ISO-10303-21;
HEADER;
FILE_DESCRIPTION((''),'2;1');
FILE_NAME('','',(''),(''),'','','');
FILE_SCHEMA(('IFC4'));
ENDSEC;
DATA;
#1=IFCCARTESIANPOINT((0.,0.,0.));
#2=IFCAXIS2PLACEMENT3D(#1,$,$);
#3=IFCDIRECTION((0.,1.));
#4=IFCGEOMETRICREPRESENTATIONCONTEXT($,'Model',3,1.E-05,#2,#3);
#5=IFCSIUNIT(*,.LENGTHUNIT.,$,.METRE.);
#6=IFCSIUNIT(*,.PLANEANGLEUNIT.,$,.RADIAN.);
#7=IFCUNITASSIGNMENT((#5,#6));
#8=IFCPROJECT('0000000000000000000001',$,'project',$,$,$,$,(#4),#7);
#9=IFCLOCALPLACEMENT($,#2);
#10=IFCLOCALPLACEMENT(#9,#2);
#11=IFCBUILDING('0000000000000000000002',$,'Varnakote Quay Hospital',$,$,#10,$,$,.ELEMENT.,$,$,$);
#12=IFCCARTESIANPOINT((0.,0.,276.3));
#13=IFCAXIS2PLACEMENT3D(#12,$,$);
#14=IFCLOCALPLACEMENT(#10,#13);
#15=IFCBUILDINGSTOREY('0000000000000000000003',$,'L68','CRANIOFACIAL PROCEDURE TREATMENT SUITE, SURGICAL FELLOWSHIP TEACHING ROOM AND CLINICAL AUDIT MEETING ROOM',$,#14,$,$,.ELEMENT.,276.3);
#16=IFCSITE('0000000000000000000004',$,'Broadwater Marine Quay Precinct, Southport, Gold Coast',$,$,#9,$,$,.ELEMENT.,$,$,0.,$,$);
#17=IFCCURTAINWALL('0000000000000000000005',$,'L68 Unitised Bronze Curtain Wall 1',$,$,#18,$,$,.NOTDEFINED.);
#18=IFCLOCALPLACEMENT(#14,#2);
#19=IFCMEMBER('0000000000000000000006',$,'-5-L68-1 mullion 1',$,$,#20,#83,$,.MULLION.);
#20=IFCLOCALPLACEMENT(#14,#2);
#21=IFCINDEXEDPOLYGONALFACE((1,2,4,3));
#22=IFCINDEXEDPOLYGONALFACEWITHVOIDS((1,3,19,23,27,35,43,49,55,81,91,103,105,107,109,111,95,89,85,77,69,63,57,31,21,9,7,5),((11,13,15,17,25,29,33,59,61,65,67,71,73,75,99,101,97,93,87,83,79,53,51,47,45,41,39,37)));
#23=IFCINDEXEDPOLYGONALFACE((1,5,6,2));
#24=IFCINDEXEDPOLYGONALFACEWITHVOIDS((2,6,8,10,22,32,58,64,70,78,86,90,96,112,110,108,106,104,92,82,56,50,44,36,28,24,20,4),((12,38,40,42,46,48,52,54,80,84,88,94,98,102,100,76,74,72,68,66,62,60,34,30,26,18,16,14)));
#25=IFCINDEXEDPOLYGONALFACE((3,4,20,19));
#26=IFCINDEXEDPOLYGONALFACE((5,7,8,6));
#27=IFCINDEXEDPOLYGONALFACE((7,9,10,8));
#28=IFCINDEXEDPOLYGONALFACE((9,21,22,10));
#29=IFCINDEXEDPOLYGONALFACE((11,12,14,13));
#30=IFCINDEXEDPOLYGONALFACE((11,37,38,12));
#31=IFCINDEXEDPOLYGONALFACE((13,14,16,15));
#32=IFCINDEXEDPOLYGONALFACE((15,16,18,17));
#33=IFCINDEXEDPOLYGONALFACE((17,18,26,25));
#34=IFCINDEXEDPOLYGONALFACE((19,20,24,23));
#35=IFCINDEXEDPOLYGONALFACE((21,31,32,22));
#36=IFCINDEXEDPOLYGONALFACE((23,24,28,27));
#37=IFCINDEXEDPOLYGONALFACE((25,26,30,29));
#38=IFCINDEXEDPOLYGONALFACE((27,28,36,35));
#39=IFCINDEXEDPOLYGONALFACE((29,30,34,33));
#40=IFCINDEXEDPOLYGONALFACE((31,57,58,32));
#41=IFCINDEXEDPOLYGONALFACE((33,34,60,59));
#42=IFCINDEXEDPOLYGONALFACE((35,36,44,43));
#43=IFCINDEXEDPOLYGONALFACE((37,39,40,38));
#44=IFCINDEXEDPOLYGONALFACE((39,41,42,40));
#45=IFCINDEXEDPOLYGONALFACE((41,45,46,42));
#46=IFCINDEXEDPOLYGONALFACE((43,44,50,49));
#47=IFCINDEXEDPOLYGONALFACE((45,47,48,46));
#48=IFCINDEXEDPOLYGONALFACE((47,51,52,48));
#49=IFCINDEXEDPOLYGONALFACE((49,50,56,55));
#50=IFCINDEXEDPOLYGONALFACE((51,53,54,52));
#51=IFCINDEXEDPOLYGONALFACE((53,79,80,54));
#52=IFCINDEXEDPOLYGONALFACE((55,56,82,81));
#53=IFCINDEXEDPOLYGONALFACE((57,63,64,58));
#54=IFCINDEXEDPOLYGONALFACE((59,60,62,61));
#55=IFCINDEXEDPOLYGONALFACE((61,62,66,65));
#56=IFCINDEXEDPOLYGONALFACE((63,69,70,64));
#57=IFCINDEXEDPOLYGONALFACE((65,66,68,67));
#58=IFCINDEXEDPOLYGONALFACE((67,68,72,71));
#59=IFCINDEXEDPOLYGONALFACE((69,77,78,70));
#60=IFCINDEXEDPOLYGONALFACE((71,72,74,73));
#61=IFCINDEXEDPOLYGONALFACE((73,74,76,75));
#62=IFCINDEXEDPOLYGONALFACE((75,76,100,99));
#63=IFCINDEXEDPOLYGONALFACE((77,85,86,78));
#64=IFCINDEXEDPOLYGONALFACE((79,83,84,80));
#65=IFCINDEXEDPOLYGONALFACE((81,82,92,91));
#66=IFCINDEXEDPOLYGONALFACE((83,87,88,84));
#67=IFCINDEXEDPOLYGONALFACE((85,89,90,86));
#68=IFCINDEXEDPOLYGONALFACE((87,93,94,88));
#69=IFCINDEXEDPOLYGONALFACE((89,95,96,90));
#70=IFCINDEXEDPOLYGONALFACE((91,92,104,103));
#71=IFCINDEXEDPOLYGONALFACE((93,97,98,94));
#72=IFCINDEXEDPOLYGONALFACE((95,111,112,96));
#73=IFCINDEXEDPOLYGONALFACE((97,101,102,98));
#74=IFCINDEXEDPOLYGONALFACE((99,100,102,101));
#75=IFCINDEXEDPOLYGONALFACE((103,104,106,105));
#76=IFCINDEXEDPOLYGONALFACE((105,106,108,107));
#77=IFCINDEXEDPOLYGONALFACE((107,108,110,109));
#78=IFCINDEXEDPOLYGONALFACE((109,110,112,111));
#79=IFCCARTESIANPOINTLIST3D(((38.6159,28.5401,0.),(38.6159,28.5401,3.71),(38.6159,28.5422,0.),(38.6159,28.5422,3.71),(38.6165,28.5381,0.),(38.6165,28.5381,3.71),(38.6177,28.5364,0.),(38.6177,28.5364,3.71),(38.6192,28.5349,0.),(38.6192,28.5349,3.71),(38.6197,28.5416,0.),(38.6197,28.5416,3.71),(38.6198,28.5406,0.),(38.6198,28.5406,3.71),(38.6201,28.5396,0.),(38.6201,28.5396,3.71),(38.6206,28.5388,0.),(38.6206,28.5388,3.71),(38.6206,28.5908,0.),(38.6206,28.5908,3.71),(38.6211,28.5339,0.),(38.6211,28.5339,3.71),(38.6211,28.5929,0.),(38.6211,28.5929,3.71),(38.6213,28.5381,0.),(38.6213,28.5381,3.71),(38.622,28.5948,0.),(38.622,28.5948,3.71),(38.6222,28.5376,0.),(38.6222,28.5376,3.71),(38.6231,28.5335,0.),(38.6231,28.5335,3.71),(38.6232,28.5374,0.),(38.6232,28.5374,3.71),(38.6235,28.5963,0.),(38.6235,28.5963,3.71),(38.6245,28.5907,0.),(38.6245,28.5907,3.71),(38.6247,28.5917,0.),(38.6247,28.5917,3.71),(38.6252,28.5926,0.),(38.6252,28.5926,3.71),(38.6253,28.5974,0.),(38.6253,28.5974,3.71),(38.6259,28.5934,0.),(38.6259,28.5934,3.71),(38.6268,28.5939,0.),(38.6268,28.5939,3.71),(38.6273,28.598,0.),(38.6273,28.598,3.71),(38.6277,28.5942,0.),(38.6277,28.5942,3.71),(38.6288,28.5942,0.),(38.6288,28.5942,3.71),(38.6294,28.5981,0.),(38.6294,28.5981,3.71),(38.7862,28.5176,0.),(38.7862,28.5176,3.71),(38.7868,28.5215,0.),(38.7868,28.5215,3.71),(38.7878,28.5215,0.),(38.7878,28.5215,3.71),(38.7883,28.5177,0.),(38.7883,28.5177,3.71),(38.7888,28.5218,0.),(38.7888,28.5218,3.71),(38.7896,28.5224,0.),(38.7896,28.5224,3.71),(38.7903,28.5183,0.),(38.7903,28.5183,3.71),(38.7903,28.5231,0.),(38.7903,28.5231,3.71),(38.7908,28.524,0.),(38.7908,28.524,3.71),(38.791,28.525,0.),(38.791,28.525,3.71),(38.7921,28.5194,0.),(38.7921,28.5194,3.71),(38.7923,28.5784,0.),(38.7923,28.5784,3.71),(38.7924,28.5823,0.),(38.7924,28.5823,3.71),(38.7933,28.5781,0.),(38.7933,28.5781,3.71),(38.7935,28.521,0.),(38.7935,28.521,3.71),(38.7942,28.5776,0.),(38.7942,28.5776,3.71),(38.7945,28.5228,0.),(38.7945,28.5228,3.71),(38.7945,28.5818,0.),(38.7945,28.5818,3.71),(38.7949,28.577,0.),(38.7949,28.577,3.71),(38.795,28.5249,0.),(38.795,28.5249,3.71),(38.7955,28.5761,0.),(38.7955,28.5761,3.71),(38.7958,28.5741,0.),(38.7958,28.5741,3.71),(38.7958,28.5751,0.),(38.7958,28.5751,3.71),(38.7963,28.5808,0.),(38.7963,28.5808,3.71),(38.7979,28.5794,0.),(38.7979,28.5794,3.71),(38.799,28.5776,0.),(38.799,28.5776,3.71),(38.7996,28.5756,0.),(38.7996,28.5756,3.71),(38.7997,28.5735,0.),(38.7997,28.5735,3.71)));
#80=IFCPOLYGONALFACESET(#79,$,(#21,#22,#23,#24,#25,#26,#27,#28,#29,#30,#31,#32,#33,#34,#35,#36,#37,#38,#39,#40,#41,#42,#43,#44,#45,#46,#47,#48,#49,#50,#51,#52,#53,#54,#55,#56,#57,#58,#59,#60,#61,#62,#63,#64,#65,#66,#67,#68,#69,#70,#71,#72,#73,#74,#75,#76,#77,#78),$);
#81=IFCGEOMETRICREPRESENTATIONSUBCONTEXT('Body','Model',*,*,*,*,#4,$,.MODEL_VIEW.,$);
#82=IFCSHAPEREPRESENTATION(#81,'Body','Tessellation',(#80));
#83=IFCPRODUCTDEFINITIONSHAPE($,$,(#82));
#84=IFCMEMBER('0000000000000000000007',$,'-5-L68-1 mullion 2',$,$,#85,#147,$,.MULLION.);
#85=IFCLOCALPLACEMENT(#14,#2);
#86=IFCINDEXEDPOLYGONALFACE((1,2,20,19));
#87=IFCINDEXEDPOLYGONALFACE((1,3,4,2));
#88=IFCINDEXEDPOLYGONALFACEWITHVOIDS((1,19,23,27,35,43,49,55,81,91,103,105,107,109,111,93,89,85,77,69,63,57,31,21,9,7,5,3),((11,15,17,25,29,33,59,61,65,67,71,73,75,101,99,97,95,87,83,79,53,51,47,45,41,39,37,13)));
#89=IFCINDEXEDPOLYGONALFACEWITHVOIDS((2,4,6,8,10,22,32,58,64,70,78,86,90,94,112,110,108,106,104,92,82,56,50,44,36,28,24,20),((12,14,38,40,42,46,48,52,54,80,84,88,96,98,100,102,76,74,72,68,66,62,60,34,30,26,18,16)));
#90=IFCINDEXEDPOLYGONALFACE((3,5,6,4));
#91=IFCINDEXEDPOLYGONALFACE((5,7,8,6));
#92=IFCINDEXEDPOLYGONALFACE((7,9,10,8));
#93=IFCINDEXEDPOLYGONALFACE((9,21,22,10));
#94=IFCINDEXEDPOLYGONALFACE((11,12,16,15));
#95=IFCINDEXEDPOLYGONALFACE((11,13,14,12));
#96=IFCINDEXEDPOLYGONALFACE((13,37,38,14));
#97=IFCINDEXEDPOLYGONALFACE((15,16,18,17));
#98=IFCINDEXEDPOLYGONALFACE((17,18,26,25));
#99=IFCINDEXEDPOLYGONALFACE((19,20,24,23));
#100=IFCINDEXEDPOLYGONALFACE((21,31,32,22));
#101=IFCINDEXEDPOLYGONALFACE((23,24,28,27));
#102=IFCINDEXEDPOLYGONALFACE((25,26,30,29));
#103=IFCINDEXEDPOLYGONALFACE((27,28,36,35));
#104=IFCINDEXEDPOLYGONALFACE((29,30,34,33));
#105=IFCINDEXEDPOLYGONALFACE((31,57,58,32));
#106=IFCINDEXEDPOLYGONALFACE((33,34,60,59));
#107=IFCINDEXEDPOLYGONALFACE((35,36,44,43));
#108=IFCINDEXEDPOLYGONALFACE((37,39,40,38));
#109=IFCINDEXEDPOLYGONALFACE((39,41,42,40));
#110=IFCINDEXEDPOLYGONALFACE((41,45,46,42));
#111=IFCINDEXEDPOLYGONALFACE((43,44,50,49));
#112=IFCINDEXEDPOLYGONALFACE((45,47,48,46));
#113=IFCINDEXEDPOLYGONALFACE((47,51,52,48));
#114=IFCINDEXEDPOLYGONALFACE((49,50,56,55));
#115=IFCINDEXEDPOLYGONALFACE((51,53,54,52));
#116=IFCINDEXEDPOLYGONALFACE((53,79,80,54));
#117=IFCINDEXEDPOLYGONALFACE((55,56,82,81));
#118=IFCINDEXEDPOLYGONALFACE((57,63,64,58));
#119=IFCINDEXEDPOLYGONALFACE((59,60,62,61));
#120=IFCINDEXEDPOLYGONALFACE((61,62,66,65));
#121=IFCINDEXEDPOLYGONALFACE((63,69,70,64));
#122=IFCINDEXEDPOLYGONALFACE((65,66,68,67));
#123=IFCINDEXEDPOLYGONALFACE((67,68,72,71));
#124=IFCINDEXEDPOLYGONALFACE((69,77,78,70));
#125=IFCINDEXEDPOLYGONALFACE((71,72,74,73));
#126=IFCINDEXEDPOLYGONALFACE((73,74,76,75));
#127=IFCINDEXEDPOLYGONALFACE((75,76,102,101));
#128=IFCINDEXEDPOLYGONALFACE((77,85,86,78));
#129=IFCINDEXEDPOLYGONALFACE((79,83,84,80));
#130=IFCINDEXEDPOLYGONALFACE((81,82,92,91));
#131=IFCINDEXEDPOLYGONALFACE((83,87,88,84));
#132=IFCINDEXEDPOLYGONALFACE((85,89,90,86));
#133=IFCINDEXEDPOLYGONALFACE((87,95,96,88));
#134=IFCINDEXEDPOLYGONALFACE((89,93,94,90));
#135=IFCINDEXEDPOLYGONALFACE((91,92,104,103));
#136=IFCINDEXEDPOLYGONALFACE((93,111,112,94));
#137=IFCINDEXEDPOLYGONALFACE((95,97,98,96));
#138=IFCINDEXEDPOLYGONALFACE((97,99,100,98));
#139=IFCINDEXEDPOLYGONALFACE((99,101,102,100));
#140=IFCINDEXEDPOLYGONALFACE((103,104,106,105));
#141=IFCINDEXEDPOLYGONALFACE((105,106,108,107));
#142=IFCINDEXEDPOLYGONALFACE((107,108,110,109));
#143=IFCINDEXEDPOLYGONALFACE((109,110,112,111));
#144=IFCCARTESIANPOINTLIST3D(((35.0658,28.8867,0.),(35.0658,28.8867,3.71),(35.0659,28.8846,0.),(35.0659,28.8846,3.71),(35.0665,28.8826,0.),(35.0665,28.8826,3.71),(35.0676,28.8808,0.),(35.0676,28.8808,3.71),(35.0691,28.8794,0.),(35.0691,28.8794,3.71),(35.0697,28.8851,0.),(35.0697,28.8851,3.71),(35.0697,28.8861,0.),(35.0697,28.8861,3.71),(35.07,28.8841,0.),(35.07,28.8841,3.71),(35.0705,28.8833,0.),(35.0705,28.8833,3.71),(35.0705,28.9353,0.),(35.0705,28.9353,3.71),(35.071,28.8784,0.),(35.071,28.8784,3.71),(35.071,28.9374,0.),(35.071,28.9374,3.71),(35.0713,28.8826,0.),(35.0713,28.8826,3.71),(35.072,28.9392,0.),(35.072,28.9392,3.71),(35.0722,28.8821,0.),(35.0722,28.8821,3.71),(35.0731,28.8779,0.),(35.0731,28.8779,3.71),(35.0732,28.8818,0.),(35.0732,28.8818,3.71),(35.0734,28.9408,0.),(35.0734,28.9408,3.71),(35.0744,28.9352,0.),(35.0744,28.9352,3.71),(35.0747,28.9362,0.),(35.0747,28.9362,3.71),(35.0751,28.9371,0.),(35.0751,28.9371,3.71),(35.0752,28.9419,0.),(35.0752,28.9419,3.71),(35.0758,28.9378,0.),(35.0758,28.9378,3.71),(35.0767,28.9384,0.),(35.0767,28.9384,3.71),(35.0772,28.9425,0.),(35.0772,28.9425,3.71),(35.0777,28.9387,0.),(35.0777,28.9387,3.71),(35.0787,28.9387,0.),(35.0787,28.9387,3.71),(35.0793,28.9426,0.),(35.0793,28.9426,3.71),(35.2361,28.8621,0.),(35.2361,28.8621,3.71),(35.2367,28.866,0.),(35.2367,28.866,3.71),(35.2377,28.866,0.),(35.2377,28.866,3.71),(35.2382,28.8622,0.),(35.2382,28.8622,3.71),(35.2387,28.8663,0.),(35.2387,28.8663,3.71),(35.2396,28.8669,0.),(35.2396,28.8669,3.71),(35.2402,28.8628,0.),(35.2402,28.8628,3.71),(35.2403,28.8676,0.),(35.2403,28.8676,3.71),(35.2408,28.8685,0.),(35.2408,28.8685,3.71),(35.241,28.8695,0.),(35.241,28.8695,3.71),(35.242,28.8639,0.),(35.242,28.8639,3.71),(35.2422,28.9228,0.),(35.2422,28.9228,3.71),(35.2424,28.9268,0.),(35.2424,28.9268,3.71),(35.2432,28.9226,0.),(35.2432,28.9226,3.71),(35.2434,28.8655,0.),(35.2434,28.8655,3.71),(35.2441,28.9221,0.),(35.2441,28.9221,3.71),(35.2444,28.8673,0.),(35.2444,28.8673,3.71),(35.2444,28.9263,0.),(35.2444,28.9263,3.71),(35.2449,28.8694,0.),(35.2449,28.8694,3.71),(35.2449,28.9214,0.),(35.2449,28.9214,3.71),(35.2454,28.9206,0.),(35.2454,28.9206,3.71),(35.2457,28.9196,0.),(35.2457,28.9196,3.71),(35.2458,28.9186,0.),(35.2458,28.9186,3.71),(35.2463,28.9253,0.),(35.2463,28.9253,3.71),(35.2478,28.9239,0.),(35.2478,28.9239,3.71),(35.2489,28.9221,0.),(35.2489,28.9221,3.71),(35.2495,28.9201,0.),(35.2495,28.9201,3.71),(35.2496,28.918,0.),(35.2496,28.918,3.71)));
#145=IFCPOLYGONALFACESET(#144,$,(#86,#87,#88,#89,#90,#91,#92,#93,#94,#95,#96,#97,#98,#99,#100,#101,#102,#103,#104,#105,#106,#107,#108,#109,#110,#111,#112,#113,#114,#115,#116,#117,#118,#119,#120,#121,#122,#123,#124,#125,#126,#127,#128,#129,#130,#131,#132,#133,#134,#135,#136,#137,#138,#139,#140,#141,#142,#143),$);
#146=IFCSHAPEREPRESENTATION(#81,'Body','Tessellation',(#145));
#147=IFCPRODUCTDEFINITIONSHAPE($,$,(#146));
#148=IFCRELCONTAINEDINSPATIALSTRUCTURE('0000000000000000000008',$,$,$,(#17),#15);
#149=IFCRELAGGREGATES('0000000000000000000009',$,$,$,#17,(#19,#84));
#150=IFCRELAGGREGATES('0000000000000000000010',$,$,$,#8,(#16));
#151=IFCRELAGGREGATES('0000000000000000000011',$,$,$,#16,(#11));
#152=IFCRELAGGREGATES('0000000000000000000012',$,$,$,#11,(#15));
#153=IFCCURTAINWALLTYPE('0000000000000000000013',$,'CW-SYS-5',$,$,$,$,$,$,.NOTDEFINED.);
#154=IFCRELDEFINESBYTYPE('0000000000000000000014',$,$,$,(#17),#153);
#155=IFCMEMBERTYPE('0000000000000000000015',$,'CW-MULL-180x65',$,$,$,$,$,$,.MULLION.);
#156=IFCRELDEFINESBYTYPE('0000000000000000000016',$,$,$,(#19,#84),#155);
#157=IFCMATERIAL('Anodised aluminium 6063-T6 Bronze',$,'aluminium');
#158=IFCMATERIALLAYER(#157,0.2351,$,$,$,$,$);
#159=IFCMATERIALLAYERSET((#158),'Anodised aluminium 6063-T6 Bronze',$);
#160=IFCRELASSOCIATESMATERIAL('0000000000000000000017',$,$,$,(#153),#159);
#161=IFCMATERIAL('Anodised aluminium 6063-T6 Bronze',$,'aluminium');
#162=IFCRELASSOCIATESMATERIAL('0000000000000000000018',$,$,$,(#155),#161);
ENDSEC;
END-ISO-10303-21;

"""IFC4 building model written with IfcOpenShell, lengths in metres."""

from ifc_helpers import new_model, si_unit, direction, frame, origin, origin_2d, place, context, subcontext, project, spatial, hollow_rectangle, extrude, material, layer, layer_set, material_profile, profile_set, type_object, element, aggregate, save


model = new_model("IFC4")

# Units and contexts
model_context = context("Model", 3, precision=1e-05, world=origin(), true_north=direction((0.0, 1.0)))
body_context = subcontext(model_context, "Body", "Model", "MODEL_VIEW")
ifc_project = project(units=[si_unit("LENGTHUNIT", "METRE"), si_unit("PLANEANGLEUNIT", "RADIAN")], contexts=[model_context])

# Site, building, storey
site_placement = place(None, origin())
site = spatial("IfcSite", under=ifc_project, at=site_placement, Name="Broadwater Marine Quay Precinct, Southport, Gold Coast", CompositionType="ELEMENT", RefElevation=0.0)
building_placement = place(site_placement, origin())
building = spatial("IfcBuilding", under=site, at=building_placement, Name="Varnakote Quay Hospital", CompositionType="ELEMENT")
storey_placement = place(building_placement, frame((0.0, 0.0, 276.3)))
storey = spatial("IfcBuildingStorey", under=building, at=storey_placement, Name="L68", Description="CRANIOFACIAL PROCEDURE TREATMENT SUITE, SURGICAL FELLOWSHIP TEACHING ROOM AND CLINICAL AUDIT MEETING ROOM", CompositionType="ELEMENT", Elevation=276.3)

# Curtain wall, members
ifc_material_1 = material(Name="Anodised aluminium 6063-T6 Bronze", Category="aluminium")
ifc_layer_1 = layer(ifc_material_1, 0.2351)
ifc_layer_set_1 = layer_set([ifc_layer_1], Name="Anodised aluminium 6063-T6 Bronze")
curtain_wall_type = type_object("IfcCurtainWallType", Name="CW-SYS-5", PredefinedType="NOTDEFINED", material=ifc_layer_set_1)
curtain_wall_placement = place(storey_placement, origin())
curtain_wall = element("IfcCurtainWall", 1, at=curtain_wall_placement, inside=storey, type_object=curtain_wall_type, Name="L68 Unitised Bronze Curtain Wall 1", PredefinedType="NOTDEFINED")
ifc_material_2 = material(Name="Anodised aluminium 6063-T6 Bronze", Category="aluminium")
ifc_material_profile_1 = material_profile(ifc_material_2, hollow_rectangle(XDim=0.0649, YDim=0.1799, WallThickness=0.0039, InnerFilletRadius=0.0039, OuterFilletRadius=0.0081, at=origin_2d()), Name="CW-MULL-180x65")
ifc_profile_set_1 = profile_set([ifc_material_profile_1], Name="Anodised aluminium 6063-T6 Bronze")
member_type_1 = type_object("IfcMemberType", Name="CW-MULL-180x65", PredefinedType="MULLION", material=ifc_profile_set_1)
member_1_placement = place(storey_placement, frame((38.7078, 28.5579, 0.0), z_axis=(0.0, 0.0, 1.0), x_axis=(-0.096569, -0.995326, 0.0)))
member_1 = element("IfcMember", 2, at=member_1_placement, type_object=member_type_1, Name="-5-L68-1 mullion 1", PredefinedType="MULLION", context=body_context, shape_type="SweptSolid", body=[
    extrude(hollow_rectangle(XDim=0.0649, YDim=0.1799, WallThickness=0.0039, InnerFilletRadius=0.0039, OuterFilletRadius=0.0081, at=origin_2d()), origin(), (0.0, 0.0, 1.0), 3.71),
])
member_2_placement = place(storey_placement, frame((35.1577, 28.9023, 0.0), z_axis=(0.0, 0.0, 1.0), x_axis=(-0.096569, -0.995326, 0.0)))
member_2 = element("IfcMember", 3, at=member_2_placement, type_object=member_type_1, Name="-5-L68-1 mullion 2", PredefinedType="MULLION", context=body_context, shape_type="SweptSolid", body=[
    extrude(hollow_rectangle(XDim=0.0649, YDim=0.1799, WallThickness=0.0039, InnerFilletRadius=0.0039, OuterFilletRadius=0.0081, at=origin_2d()), origin(), (0.0, 0.0, 1.0), 3.71),
])
aggregate(curtain_wall, [member_1, member_2])

save(model, "model.ifc")
